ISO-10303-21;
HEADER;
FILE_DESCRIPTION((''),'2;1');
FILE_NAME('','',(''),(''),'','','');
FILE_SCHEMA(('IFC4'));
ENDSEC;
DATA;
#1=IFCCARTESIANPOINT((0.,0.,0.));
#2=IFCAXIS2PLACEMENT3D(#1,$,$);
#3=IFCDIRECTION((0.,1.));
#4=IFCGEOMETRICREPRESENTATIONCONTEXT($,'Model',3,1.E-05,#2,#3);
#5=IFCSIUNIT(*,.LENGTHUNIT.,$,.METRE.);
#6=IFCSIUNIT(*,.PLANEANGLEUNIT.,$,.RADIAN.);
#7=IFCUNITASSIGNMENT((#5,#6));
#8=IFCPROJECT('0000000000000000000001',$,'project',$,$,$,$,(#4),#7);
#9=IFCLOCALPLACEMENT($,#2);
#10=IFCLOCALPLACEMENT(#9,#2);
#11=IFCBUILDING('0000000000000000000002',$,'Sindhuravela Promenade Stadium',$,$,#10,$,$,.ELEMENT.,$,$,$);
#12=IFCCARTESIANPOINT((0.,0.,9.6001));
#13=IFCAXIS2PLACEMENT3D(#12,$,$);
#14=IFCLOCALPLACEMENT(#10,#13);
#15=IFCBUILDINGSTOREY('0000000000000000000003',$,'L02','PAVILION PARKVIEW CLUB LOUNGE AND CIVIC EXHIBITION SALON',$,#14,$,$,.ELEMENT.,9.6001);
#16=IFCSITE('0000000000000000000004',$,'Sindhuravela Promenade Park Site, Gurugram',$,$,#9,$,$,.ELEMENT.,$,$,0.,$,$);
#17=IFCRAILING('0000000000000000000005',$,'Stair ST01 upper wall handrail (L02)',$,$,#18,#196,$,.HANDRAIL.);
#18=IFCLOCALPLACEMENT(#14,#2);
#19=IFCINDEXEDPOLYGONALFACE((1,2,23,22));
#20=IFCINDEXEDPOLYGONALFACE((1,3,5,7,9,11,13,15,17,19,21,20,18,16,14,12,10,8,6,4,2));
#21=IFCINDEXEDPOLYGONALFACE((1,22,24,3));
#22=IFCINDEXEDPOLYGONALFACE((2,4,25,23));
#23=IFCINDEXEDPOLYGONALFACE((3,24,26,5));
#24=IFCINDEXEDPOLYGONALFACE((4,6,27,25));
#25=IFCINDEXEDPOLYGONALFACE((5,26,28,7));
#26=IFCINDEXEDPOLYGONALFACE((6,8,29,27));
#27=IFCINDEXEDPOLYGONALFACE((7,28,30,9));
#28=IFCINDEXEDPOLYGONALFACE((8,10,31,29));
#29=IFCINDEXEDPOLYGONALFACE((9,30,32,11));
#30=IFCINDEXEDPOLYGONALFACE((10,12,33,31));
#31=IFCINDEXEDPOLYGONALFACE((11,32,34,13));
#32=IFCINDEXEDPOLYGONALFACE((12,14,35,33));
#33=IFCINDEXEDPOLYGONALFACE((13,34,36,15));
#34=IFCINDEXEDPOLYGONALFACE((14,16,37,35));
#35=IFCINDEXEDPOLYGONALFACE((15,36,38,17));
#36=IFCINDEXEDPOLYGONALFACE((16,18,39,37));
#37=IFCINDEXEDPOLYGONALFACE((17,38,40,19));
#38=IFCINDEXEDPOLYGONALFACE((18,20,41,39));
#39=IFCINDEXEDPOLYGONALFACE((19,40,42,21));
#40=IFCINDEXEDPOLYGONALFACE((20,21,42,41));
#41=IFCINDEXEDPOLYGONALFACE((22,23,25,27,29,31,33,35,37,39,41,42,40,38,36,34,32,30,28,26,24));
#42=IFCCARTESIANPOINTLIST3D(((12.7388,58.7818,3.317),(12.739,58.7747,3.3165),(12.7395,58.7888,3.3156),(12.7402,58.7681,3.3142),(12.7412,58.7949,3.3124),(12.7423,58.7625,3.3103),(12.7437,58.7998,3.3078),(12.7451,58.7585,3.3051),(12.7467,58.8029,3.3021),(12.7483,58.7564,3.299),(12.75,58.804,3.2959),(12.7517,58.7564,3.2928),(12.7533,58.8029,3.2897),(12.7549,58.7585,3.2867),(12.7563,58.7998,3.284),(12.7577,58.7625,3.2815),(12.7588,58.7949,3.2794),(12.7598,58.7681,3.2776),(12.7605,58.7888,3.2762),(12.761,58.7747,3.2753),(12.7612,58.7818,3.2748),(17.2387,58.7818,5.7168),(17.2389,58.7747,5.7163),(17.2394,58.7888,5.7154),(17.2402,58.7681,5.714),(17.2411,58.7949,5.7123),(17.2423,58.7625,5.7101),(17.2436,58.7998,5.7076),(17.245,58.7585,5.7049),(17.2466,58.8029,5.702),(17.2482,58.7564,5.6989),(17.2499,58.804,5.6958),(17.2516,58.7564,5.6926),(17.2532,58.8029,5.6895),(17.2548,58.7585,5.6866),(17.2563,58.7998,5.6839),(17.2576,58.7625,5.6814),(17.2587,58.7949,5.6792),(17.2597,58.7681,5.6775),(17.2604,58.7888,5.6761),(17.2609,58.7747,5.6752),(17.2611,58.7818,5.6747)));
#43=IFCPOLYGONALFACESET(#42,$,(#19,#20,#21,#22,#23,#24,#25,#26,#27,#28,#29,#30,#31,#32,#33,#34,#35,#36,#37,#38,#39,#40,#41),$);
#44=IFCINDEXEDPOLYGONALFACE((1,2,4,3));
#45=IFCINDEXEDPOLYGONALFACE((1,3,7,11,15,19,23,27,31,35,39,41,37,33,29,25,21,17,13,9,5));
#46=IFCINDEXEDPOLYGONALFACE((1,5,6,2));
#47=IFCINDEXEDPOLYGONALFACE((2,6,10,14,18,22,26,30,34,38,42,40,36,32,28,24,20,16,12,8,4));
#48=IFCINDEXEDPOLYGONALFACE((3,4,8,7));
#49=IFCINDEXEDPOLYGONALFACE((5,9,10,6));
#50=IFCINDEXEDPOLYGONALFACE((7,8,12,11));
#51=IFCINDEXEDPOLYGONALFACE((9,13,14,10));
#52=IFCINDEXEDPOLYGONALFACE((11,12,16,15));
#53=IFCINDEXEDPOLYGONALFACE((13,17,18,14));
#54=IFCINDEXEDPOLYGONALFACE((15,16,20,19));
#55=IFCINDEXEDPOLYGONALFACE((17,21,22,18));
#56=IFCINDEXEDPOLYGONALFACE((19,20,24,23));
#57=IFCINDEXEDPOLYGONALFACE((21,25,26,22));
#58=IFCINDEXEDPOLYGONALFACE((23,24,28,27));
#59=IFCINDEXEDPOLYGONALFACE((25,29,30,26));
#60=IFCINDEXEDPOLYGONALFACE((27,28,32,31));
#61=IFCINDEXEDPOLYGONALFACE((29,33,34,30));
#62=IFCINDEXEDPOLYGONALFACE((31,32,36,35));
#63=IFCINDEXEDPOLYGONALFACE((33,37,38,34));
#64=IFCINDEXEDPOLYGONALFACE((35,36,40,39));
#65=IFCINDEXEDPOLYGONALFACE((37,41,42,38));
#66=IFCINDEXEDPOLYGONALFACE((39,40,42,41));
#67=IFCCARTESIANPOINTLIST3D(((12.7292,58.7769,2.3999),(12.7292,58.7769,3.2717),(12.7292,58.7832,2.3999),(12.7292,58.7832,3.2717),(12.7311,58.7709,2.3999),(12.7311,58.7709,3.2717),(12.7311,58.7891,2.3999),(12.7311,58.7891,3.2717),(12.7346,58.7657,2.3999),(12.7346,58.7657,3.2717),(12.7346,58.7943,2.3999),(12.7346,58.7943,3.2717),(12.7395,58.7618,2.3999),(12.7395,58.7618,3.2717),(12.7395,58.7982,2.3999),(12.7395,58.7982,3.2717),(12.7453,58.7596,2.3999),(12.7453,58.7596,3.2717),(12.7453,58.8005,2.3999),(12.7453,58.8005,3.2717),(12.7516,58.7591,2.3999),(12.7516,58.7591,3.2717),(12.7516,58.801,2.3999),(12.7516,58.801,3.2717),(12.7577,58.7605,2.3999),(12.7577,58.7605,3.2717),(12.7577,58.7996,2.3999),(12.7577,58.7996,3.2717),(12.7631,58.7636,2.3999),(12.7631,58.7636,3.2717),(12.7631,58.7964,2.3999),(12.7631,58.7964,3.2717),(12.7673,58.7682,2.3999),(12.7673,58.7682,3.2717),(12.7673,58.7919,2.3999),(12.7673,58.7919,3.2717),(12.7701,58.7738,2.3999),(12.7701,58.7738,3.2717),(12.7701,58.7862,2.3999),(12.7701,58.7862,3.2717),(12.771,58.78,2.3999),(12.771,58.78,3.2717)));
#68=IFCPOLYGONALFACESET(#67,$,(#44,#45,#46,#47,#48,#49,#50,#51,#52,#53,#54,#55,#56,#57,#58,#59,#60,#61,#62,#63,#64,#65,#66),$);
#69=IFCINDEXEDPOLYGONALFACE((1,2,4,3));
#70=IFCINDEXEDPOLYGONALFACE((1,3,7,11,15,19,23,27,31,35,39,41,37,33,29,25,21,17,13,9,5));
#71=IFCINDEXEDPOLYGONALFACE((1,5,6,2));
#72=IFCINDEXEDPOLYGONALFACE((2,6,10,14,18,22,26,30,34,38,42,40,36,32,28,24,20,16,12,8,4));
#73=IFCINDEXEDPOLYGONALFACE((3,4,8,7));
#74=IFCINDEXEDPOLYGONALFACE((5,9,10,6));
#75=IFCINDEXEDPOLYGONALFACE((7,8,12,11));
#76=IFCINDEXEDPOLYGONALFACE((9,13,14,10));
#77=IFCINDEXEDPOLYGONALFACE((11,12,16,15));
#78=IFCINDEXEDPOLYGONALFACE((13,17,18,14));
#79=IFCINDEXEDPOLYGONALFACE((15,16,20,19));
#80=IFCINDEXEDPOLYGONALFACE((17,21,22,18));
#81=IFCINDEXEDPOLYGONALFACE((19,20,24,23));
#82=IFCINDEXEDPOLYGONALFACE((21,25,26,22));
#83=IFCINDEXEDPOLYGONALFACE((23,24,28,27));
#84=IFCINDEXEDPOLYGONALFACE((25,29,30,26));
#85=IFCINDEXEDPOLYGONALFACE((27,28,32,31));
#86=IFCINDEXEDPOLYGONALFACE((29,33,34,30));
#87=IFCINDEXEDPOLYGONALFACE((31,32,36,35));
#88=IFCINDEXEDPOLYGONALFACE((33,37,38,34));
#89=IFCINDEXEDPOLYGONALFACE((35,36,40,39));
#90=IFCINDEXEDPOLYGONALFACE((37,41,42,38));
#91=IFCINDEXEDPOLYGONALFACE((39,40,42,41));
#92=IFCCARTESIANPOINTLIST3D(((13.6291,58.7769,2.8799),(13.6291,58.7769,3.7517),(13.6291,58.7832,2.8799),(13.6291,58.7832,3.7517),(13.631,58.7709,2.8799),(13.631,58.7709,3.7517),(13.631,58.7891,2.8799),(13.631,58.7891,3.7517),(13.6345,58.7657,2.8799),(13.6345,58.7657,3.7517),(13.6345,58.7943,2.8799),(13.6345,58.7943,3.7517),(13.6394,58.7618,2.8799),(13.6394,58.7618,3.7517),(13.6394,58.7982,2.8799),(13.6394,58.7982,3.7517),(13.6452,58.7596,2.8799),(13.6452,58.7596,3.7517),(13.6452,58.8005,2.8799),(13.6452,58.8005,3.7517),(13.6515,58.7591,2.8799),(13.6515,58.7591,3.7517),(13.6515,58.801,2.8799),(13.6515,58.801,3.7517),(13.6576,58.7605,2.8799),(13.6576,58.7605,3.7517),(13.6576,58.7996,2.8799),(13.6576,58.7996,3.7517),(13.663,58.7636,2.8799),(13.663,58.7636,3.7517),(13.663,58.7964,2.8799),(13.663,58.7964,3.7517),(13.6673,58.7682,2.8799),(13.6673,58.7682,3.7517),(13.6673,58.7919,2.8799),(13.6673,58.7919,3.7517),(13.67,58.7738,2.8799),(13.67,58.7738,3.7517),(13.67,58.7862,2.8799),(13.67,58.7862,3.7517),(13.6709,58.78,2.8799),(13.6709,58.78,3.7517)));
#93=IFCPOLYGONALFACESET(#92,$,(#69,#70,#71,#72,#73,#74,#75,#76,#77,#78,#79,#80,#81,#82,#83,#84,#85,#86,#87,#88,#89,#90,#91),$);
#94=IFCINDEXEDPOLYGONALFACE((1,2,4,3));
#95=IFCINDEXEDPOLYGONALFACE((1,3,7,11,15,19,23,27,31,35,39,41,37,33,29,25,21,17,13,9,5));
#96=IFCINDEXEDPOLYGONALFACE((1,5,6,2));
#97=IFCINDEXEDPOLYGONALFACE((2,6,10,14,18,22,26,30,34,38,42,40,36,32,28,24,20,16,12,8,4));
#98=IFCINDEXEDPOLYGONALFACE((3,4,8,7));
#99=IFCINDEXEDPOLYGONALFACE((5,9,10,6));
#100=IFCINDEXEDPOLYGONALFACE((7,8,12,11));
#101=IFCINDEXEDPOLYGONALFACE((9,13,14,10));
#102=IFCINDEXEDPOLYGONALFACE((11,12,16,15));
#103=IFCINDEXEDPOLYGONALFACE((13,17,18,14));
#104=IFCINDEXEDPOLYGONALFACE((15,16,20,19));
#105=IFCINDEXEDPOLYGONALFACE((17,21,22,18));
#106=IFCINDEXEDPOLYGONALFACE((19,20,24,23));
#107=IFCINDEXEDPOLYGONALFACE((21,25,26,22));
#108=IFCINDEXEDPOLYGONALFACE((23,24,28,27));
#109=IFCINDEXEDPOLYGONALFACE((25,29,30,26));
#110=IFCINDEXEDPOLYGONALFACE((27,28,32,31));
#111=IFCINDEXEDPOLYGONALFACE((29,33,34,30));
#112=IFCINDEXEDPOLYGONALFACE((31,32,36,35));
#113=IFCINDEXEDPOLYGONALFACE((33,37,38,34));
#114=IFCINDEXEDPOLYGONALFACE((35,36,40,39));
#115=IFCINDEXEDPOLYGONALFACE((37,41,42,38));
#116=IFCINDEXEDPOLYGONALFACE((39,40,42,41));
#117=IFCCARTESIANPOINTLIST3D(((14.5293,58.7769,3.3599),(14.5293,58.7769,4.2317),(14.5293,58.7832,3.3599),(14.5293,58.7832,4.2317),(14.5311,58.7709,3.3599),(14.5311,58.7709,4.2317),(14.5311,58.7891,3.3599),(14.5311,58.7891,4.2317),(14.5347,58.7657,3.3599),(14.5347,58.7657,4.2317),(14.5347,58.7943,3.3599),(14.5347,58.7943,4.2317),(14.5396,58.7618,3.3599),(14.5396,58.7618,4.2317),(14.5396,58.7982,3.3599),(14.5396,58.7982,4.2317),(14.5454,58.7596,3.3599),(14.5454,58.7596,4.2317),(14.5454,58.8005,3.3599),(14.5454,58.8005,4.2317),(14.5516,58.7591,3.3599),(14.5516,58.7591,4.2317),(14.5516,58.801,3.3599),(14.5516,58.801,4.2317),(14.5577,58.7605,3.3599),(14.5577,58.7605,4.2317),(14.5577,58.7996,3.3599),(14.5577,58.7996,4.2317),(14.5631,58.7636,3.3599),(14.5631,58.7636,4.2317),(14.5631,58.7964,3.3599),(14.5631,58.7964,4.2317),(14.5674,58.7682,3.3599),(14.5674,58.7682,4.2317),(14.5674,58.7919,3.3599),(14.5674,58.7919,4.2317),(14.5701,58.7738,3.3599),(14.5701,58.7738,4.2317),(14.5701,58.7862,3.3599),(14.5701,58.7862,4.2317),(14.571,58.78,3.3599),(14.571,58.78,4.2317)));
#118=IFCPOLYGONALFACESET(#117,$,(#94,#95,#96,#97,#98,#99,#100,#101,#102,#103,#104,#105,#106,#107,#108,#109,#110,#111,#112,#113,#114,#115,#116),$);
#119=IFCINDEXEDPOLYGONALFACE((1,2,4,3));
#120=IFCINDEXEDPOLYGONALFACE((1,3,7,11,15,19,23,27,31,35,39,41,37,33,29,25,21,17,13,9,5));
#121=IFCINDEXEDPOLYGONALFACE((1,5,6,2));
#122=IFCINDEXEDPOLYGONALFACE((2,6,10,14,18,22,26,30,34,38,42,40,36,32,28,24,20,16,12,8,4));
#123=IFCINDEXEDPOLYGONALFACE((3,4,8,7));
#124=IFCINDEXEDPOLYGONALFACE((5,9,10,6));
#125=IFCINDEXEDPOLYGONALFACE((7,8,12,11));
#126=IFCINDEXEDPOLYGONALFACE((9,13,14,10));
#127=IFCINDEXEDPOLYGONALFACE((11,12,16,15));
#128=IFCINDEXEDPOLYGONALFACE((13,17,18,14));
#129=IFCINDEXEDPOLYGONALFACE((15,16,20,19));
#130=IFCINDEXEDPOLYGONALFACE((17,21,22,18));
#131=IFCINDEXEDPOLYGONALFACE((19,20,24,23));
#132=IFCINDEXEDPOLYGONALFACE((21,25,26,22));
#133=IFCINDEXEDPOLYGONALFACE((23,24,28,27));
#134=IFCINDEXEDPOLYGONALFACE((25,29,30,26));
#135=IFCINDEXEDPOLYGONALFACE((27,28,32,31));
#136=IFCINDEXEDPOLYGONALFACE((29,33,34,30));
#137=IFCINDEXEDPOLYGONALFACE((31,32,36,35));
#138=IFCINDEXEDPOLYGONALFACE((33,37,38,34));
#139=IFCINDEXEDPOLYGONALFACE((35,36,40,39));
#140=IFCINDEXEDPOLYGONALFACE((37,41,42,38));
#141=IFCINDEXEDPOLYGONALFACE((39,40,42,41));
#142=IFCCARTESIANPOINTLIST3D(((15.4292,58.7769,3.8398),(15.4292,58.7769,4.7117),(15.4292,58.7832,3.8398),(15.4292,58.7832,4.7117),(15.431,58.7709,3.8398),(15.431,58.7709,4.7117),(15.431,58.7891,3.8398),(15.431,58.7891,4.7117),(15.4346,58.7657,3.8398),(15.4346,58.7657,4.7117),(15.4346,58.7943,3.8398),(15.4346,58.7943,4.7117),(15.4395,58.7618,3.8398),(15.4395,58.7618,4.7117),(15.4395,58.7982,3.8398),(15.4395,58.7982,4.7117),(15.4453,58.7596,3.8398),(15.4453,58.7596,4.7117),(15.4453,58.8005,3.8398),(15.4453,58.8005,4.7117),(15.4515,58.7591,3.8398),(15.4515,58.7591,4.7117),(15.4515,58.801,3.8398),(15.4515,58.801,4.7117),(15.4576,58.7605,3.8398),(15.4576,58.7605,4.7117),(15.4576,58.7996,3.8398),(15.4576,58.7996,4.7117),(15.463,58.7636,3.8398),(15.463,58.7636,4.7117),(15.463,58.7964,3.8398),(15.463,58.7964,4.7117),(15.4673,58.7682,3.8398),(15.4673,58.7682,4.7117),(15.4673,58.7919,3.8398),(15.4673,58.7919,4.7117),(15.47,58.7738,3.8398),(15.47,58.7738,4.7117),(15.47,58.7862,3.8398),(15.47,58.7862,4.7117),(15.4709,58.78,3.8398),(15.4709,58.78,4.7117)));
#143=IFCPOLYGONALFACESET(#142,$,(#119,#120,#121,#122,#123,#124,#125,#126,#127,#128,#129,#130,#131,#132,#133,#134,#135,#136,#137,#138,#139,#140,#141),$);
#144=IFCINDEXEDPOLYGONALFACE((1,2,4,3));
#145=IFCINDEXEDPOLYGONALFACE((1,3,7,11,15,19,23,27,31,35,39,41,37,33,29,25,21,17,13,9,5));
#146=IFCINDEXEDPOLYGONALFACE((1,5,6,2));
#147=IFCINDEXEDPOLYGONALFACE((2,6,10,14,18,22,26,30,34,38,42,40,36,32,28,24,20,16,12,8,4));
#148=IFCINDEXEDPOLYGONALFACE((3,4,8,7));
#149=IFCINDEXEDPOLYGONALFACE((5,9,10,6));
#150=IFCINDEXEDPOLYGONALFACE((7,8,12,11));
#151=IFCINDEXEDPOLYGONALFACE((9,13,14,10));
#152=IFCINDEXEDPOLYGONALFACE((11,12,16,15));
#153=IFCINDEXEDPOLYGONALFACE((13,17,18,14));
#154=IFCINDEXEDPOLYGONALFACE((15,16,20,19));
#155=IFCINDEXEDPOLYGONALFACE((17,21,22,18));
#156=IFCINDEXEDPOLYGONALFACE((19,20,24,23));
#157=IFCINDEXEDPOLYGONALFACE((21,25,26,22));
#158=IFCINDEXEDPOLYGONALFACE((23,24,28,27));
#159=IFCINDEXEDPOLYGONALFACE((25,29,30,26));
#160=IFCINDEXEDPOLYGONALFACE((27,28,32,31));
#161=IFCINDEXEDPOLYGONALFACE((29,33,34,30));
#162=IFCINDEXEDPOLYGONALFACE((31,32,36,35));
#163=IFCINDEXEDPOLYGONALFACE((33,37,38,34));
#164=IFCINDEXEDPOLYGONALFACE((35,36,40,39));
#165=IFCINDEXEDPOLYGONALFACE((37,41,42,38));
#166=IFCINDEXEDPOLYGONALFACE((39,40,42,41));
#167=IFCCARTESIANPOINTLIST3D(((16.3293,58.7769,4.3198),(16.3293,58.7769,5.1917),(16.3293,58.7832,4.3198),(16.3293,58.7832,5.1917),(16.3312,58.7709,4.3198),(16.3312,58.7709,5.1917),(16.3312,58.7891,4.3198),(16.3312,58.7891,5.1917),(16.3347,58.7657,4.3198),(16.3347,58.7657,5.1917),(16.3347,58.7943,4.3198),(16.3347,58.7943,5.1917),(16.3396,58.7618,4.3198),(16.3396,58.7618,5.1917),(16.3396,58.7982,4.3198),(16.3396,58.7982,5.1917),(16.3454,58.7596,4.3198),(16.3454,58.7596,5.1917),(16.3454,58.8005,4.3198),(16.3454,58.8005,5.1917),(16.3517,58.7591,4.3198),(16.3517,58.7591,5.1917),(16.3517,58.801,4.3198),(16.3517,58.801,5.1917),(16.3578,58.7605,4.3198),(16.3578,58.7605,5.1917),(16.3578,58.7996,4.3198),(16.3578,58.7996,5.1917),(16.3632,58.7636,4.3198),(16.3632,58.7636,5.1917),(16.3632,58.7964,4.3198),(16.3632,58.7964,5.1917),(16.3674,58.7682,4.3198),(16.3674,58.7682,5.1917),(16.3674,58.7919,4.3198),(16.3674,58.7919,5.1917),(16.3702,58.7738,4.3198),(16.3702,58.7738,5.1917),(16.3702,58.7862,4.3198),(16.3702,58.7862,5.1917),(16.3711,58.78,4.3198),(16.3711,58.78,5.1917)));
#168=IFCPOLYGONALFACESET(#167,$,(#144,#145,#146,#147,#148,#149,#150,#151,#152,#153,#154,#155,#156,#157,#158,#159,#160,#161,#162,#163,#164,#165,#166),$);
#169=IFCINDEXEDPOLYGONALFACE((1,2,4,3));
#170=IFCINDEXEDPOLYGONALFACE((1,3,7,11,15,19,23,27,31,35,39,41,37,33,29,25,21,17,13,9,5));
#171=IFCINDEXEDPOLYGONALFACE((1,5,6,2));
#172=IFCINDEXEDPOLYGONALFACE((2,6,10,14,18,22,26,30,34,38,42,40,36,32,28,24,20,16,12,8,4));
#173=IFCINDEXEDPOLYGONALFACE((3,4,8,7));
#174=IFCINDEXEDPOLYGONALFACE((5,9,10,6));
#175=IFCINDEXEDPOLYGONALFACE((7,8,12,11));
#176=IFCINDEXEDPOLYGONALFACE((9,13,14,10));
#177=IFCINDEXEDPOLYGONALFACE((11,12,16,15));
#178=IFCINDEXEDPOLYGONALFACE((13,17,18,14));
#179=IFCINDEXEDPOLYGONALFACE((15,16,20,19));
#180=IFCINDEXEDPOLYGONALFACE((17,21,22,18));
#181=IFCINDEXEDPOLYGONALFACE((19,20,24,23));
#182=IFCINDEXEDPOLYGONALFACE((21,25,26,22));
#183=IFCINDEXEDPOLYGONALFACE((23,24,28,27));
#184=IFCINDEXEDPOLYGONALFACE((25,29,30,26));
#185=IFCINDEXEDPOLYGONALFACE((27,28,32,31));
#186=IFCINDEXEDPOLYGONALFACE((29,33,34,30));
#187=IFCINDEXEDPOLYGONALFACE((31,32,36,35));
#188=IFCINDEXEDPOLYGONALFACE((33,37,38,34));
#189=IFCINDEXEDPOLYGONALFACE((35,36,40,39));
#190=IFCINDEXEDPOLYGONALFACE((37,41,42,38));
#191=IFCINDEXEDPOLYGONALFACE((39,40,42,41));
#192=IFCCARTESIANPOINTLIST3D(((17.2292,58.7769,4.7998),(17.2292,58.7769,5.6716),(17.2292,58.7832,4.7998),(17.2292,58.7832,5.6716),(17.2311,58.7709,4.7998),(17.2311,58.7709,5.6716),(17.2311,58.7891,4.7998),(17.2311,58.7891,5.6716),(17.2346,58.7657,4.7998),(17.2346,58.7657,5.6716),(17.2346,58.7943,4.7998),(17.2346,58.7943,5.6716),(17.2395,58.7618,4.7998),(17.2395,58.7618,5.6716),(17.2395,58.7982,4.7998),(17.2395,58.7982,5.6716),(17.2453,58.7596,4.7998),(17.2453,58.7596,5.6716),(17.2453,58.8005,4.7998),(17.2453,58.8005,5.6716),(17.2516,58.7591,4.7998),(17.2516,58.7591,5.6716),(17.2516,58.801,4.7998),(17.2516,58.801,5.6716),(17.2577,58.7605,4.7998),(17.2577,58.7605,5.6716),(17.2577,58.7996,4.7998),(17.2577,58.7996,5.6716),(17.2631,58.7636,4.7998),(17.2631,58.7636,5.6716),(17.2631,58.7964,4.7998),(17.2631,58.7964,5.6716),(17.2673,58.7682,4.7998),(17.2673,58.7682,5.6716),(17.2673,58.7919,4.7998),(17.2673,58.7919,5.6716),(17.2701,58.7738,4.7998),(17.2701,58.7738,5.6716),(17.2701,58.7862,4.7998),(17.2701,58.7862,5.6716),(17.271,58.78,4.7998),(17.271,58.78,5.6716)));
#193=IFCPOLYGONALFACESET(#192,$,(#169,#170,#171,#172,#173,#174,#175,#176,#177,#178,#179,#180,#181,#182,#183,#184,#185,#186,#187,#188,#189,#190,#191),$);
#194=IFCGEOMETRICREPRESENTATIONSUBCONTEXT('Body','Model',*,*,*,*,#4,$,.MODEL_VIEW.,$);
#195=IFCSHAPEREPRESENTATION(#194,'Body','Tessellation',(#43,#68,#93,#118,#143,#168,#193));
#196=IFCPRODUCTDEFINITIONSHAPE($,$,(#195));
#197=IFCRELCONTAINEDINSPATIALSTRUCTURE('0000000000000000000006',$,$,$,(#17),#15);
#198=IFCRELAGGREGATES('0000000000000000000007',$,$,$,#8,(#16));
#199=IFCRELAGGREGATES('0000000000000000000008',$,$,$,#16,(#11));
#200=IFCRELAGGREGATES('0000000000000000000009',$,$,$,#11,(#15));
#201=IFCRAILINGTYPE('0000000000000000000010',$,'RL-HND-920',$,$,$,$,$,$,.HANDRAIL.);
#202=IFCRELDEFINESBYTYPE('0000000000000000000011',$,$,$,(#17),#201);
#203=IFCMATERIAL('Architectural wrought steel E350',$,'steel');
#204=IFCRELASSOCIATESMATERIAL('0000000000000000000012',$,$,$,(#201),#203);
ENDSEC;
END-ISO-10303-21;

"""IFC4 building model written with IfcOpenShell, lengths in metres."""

from ifc_helpers import new_model, si_unit, direction, frame, origin, origin_2d, place, context, subcontext, project, spatial, circle, extrude, material, type_object, element, save


model = new_model("IFC4")

# Units and contexts
model_context = context("Model", 3, precision=1e-05, world=origin(), true_north=direction((0.0, 1.0)))
body_context = subcontext(model_context, "Body", "Model", "MODEL_VIEW")
ifc_project = project(units=[si_unit("LENGTHUNIT", "METRE"), si_unit("PLANEANGLEUNIT", "RADIAN")], contexts=[model_context])

# Site, building, storey
site_placement = place(None, origin())
site = spatial("IfcSite", under=ifc_project, at=site_placement, Name="Sindhuravela Promenade Park Site, Gurugram", CompositionType="ELEMENT", RefElevation=0.0)
building_placement = place(site_placement, origin())
building = spatial("IfcBuilding", under=site, at=building_placement, Name="Sindhuravela Promenade Stadium", CompositionType="ELEMENT")
storey_placement = place(building_placement, frame((0.0, 0.0, 9.6001)))
storey = spatial("IfcBuildingStorey", under=building, at=storey_placement, Name="L02", Description="PAVILION PARKVIEW CLUB LOUNGE AND CIVIC EXHIBITION SALON", CompositionType="ELEMENT", Elevation=9.6001)

# Shared definitions
ifc_material_1 = material(Name="Architectural wrought steel E350", Category="steel")

# Railing
railing_type_1 = type_object("IfcRailingType", Name="RL-HND-920", PredefinedType="HANDRAIL", material=ifc_material_1)
railing_1_placement = place(storey_placement, frame((12.75, 58.78, 2.3999)))
element("IfcRailing", 1, at=railing_1_placement, inside=storey, type_object=railing_type_1, Name="Stair ST01 upper wall handrail (L02)", PredefinedType="HANDRAIL", context=body_context, shape_type="SweptSolid", body=[
    extrude(circle(Radius=0.0239, at=origin_2d()), frame((0.0, 0.0, 0.896), z_axis=(0.882361, 0.0, 0.470573), x_axis=(0.0, 1.0, 0.0)), (0.0, 0.0, 1.0), 5.0999),
    extrude(circle(Radius=0.021, at=origin_2d()), origin(), (0.0, 0.0, 1.0), 0.8718),
    extrude(circle(Radius=0.021, at=origin_2d()), frame((0.8999, 0.0, 0.48)), (0.0, 0.0, 1.0), 0.8718),
    extrude(circle(Radius=0.021, at=origin_2d()), frame((1.8, 0.0, 0.96)), (0.0, 0.0, 1.0), 0.8718),
    extrude(circle(Radius=0.021, at=origin_2d()), frame((2.7, 0.0, 1.4399)), (0.0, 0.0, 1.0), 0.8718),
    extrude(circle(Radius=0.021, at=origin_2d()), frame((3.6001, 0.0, 1.9199)), (0.0, 0.0, 1.0), 0.8718),
    extrude(circle(Radius=0.021, at=origin_2d()), frame((4.5, 0.0, 2.3999)), (0.0, 0.0, 1.0), 0.8718),
])

save(model, "model.ifc")
